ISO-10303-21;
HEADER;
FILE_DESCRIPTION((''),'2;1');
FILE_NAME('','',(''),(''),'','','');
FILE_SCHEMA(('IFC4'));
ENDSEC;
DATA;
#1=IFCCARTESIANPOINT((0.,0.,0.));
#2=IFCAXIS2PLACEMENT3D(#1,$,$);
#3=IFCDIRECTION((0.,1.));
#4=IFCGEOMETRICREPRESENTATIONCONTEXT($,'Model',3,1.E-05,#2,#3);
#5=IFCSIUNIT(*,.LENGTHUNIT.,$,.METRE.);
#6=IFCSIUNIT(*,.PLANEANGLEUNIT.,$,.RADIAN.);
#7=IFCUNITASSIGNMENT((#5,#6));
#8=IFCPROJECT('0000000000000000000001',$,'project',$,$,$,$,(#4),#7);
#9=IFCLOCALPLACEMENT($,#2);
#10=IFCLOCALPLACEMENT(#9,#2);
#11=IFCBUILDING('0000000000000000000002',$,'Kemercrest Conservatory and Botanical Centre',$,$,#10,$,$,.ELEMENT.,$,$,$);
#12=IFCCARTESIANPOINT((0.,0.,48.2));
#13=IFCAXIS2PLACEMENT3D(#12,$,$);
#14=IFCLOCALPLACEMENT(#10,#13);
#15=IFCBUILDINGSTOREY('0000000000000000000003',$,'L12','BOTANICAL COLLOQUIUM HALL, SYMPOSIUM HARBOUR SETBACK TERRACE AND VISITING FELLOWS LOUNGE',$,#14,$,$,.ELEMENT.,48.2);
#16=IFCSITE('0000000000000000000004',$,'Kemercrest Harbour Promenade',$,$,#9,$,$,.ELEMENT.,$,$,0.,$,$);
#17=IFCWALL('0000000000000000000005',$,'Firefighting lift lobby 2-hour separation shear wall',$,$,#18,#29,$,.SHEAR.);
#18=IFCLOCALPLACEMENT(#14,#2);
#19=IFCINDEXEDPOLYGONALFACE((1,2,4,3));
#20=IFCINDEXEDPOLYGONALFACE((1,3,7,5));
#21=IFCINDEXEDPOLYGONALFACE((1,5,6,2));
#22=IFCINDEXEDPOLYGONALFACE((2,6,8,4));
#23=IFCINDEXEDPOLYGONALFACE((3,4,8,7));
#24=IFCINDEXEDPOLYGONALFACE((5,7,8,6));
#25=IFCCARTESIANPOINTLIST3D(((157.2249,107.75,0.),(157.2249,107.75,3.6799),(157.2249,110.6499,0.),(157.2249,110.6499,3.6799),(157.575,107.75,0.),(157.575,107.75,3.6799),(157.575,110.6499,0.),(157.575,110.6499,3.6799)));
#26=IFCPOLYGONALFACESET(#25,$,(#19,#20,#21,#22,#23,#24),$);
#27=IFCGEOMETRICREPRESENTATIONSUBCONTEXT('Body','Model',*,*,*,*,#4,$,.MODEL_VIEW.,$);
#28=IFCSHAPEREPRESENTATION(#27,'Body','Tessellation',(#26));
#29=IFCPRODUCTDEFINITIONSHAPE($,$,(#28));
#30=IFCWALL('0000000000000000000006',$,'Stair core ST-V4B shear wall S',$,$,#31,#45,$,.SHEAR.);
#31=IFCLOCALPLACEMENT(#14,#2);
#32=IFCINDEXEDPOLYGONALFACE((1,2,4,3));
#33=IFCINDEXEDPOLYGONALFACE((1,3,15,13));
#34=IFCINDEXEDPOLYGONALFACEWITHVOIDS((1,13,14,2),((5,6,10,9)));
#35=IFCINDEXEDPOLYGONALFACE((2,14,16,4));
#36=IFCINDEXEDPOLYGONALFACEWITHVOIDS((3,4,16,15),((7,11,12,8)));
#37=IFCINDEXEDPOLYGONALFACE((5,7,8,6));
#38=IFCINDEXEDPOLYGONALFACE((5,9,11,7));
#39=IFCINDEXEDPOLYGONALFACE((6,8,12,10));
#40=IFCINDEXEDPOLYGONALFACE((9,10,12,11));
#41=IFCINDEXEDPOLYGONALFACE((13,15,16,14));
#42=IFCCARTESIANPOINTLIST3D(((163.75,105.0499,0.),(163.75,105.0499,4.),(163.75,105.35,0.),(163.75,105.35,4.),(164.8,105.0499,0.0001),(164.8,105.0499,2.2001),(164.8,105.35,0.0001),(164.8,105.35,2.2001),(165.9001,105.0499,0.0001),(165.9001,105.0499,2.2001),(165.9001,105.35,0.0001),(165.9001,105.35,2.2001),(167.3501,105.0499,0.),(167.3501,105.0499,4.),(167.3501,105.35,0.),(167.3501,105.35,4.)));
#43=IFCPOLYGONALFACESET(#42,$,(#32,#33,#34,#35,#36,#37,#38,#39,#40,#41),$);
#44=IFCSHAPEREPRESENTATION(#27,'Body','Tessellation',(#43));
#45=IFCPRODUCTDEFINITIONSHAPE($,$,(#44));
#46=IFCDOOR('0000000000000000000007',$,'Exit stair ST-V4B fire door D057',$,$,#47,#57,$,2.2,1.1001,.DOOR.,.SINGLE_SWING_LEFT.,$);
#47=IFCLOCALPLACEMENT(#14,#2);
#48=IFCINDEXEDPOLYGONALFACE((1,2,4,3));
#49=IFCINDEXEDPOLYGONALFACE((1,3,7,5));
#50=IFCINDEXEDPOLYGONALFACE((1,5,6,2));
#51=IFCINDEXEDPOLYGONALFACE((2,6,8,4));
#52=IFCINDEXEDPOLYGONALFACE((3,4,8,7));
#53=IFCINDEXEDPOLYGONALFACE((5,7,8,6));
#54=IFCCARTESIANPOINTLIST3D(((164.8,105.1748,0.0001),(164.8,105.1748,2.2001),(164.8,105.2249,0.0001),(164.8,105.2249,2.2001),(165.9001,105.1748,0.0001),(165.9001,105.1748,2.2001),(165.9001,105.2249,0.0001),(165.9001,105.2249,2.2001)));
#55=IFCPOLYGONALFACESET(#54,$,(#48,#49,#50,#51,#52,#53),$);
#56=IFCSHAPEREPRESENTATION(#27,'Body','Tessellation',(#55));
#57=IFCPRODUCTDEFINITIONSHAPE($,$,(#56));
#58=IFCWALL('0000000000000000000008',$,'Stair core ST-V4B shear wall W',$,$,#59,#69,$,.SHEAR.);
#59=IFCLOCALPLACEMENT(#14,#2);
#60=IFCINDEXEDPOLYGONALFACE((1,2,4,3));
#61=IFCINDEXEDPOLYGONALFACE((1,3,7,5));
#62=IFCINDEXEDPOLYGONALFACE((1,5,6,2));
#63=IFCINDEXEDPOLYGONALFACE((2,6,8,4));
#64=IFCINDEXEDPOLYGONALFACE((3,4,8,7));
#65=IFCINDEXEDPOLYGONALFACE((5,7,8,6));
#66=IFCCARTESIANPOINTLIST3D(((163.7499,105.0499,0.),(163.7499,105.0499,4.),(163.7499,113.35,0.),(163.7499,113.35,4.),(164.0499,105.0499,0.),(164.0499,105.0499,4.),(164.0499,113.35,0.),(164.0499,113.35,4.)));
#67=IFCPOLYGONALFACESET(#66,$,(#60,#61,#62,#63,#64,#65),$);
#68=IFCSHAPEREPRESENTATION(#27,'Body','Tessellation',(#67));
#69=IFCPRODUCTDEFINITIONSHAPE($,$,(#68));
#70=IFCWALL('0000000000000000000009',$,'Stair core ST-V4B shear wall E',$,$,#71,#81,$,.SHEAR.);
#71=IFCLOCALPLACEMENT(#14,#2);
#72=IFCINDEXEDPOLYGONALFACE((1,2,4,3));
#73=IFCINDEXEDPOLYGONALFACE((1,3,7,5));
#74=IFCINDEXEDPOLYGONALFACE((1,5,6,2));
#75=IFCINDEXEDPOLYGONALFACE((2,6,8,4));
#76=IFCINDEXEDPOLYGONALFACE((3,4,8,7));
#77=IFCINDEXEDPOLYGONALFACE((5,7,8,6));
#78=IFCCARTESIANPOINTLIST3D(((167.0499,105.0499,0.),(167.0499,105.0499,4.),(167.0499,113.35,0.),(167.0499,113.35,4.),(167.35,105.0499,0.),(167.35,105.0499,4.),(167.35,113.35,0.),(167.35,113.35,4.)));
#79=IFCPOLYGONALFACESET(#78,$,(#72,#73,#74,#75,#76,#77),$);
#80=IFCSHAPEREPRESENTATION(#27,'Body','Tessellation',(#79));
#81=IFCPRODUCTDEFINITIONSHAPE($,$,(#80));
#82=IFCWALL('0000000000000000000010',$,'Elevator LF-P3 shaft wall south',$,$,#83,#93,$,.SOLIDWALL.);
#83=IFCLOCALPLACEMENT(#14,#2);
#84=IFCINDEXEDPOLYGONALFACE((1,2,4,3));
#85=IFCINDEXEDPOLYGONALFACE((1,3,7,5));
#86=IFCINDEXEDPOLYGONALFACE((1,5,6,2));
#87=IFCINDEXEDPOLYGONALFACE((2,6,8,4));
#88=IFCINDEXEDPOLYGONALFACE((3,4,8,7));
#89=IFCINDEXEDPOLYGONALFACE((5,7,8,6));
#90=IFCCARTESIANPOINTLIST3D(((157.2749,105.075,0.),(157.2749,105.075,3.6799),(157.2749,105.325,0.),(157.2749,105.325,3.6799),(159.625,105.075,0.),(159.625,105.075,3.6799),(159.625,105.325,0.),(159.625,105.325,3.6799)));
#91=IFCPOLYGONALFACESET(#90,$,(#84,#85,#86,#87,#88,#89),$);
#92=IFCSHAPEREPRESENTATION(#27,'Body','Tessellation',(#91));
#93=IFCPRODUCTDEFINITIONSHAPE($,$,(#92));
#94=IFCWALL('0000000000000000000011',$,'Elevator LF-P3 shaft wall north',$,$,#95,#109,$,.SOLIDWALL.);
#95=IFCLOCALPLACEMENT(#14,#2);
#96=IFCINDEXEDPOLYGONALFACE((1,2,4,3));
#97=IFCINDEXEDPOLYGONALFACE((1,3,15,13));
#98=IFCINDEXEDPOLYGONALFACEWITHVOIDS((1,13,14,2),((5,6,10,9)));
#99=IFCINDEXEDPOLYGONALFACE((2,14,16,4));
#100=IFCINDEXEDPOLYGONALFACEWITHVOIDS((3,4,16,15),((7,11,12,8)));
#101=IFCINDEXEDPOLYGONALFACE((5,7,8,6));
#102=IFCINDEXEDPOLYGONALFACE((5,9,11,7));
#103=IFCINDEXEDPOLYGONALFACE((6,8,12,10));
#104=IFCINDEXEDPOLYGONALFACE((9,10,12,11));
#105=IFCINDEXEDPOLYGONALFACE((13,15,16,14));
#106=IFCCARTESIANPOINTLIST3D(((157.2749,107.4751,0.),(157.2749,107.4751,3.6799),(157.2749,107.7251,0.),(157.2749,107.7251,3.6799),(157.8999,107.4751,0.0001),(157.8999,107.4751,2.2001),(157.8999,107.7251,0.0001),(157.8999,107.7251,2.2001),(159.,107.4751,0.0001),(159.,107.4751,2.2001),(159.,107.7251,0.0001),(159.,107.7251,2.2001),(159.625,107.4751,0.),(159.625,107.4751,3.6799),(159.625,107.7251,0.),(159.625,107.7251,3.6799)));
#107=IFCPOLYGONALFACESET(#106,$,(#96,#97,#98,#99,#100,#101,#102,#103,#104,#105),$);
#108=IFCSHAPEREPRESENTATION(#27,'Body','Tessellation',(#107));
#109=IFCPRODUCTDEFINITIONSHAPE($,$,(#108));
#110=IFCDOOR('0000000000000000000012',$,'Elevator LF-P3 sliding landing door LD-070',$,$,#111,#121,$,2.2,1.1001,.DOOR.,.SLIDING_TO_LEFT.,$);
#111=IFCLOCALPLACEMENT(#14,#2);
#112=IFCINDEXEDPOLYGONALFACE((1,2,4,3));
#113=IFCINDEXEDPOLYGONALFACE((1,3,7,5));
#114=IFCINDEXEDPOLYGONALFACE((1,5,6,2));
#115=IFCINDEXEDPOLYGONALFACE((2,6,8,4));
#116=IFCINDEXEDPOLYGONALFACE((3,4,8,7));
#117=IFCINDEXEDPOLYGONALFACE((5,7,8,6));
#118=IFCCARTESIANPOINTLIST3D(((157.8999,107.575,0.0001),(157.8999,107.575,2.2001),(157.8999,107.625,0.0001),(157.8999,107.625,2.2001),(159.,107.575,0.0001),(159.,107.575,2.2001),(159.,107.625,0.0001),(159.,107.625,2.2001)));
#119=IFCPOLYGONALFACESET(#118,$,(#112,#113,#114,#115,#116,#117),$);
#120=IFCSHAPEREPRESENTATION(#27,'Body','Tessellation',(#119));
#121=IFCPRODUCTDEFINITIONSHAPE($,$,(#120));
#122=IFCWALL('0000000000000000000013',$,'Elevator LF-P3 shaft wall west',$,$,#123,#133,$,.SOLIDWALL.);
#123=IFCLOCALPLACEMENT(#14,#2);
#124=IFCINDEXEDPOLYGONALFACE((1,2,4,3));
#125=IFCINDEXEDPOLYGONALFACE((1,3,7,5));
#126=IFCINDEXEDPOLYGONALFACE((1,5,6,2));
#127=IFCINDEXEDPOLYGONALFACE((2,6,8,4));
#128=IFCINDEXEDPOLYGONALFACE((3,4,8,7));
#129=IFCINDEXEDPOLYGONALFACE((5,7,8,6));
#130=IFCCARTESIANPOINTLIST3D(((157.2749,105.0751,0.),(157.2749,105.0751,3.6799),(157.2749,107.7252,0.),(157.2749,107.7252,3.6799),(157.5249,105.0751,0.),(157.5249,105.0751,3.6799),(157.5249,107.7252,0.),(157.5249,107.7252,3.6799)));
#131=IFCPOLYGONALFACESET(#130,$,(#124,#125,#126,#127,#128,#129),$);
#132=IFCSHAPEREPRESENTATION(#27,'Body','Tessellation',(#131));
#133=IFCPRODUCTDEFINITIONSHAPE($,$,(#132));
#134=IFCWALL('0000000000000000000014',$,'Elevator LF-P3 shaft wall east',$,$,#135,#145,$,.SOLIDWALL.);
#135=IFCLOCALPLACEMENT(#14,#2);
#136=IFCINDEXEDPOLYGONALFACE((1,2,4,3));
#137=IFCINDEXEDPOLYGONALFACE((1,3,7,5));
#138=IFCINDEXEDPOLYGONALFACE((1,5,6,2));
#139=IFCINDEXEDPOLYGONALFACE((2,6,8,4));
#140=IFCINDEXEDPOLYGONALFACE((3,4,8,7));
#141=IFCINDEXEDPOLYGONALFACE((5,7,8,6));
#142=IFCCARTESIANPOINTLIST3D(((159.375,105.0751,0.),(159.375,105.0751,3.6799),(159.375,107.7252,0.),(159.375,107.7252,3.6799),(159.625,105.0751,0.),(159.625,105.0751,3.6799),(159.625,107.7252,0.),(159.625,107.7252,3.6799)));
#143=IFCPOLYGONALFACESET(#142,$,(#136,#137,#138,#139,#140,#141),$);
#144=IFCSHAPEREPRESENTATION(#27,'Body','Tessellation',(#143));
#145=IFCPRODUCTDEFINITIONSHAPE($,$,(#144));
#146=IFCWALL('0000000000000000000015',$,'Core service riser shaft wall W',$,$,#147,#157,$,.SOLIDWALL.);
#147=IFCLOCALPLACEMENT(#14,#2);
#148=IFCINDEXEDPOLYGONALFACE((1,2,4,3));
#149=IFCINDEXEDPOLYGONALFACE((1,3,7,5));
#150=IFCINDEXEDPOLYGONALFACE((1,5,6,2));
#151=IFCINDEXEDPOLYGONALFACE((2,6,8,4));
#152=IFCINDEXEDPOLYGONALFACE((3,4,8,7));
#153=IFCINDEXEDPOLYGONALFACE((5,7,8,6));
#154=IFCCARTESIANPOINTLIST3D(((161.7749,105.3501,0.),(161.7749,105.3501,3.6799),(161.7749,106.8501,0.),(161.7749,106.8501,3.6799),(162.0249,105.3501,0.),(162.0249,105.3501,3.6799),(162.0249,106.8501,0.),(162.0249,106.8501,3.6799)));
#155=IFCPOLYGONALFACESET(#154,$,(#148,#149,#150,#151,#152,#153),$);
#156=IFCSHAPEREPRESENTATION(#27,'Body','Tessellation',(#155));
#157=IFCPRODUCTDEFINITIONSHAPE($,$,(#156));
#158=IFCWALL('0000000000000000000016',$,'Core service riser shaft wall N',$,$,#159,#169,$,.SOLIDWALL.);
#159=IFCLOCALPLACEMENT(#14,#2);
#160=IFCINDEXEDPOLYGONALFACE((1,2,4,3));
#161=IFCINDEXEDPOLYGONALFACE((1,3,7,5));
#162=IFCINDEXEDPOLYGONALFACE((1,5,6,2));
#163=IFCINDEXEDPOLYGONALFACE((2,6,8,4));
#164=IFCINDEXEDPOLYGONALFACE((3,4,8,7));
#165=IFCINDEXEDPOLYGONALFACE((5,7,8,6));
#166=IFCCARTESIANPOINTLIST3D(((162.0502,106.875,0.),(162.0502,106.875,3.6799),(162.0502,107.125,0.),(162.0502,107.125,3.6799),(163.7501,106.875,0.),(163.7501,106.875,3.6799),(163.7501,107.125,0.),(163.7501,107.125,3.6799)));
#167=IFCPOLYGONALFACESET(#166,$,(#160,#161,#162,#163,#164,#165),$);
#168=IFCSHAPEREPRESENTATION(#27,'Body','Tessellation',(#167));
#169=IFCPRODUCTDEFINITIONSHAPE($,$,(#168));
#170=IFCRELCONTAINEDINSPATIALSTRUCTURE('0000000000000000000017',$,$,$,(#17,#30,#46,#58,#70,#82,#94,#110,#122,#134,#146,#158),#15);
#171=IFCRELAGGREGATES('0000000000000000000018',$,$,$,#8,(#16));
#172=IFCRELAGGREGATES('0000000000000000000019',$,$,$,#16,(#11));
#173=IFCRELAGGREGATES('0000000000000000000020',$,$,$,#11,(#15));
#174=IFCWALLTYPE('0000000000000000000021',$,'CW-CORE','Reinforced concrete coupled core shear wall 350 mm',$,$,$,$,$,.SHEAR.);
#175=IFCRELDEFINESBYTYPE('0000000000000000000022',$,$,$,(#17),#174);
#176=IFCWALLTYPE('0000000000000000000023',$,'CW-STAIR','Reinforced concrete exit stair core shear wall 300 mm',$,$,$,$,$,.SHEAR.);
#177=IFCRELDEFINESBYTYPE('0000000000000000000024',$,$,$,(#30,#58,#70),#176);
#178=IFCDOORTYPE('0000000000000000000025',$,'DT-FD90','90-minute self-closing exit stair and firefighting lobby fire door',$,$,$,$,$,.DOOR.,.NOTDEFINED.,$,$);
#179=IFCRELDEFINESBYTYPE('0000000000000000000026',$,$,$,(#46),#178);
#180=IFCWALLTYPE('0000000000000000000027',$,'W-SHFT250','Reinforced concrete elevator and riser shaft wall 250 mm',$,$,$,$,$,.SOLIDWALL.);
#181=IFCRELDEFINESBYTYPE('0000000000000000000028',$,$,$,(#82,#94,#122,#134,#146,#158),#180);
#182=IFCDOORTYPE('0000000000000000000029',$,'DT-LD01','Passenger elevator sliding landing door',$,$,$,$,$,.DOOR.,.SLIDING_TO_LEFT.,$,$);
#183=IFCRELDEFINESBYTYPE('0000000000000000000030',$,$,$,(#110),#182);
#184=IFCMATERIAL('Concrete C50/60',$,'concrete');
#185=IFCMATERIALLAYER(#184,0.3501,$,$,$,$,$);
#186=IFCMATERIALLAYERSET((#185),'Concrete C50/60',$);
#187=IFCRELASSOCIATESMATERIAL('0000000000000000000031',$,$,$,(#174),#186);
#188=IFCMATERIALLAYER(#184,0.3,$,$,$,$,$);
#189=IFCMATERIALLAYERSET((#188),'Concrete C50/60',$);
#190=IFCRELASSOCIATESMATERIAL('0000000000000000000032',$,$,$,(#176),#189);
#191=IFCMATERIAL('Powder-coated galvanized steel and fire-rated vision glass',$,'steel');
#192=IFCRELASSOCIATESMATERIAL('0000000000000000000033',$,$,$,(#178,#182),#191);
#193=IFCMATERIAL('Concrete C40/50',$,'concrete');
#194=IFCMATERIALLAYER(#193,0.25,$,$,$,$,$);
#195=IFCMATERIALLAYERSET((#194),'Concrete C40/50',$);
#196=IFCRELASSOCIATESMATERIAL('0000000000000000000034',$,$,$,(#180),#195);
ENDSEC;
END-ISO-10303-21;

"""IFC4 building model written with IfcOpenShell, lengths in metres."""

from ifc_helpers import new_model, si_unit, direction, frame, frame_2d, origin, place, context, subcontext, project, spatial, rectangle, extrude, material, layer, layer_set, type_object, element, fill, save


model = new_model("IFC4")

# Units and contexts
model_context = context("Model", 3, precision=1e-05, world=origin(), true_north=direction((0.0, 1.0)))
body_context = subcontext(model_context, "Body", "Model", "MODEL_VIEW")
ifc_project = project(units=[si_unit("LENGTHUNIT", "METRE"), si_unit("PLANEANGLEUNIT", "RADIAN")], contexts=[model_context])

# Site, building, storey
site_placement = place(None, origin())
site = spatial("IfcSite", under=ifc_project, at=site_placement, Name="Kemercrest Harbour Promenade", CompositionType="ELEMENT", RefElevation=0.0)
building_placement = place(site_placement, origin())
building = spatial("IfcBuilding", under=site, at=building_placement, Name="Kemercrest Conservatory and Botanical Centre", CompositionType="ELEMENT")
storey_placement = place(building_placement, frame((0.0, 0.0, 48.2)))
storey = spatial("IfcBuildingStorey", under=building, at=storey_placement, Name="L12", Description="BOTANICAL COLLOQUIUM HALL, SYMPOSIUM HARBOUR SETBACK TERRACE AND VISITING FELLOWS LOUNGE", CompositionType="ELEMENT", Elevation=48.2)

# Wall
ifc_material_1 = material(Name="Concrete C50/60", Category="concrete")
ifc_layer_1 = layer(ifc_material_1, 0.3501)
ifc_layer_set_1 = layer_set([ifc_layer_1], Name="Concrete C50/60")
wall_type_1 = type_object("IfcWallType", Name="CW-CORE", Description="Reinforced concrete coupled core shear wall 350 mm", PredefinedType="SHEAR", material=ifc_layer_set_1)
wall_1_placement = place(storey_placement, frame((157.3999, 107.75, 0.0), z_axis=(0.0, 0.0, 1.0), x_axis=(0.0, 1.0, 0.0)))
element("IfcWall", 1, at=wall_1_placement, inside=storey, type_object=wall_type_1, Name="Firefighting lift lobby 2-hour separation shear wall", PredefinedType="SHEAR", context=body_context, shape_type="SweptSolid", body=[
    extrude(rectangle(XDim=2.8999, YDim=0.3501, at=frame_2d((1.45, 0.0))), origin(), (0.0, 0.0, 1.0), 3.6799),
])

# Wall, opening, door
ifc_layer_2 = layer(ifc_material_1, 0.3)
ifc_layer_set_2 = layer_set([ifc_layer_2], Name="Concrete C50/60")
wall_type_2 = type_object("IfcWallType", Name="CW-STAIR", Description="Reinforced concrete exit stair core shear wall 300 mm", PredefinedType="SHEAR", material=ifc_layer_set_2)
wall_2_placement = place(storey_placement, frame((163.75, 105.2, 0.0), z_axis=(0.0, 0.0, 1.0), x_axis=(1.0, 0.0, 0.0)))
wall_2 = element("IfcWall", 2, at=wall_2_placement, inside=storey, type_object=wall_type_2, Name="Stair core ST-V4B shear wall S", PredefinedType="SHEAR", context=body_context, shape_type="SweptSolid", body=[
    extrude(rectangle(XDim=3.6001, YDim=0.3, at=frame_2d((1.8, 0.0))), origin(), (0.0, 0.0, 1.0), 4.0),
])
opening_1_placement = place(wall_2_placement, frame((1.05, 0.0, 0.0)))
opening_1 = element("IfcOpeningElement", 3, at=opening_1_placement, cuts=wall_2, PredefinedType="OPENING", context=body_context, shape_type="SweptSolid", body=[
    extrude(rectangle(XDim=1.1001, YDim=2.2, at=frame_2d((0.55, 1.1001))), frame((0.0, 0.1602, 0.0), z_axis=(0.0, -1.0, 0.0), x_axis=(1.0, 0.0, 0.0)), (0.0, 0.0, 1.0), 0.3201),
])
ifc_material_2 = material(Name="Powder-coated galvanized steel and fire-rated vision glass", Category="steel")
door_type_1 = type_object("IfcDoorType", Name="DT-FD90", Description="90-minute self-closing exit stair and firefighting lobby fire door", OperationType="NOTDEFINED", PredefinedType="DOOR", material=ifc_material_2)
door_1_placement = place(opening_1_placement, origin())
door_1 = element("IfcDoor", 4, at=door_1_placement, inside=storey, type_object=door_type_1, Name="Exit stair ST-V4B fire door D057", OperationType="SINGLE_SWING_LEFT", OverallHeight=2.2, OverallWidth=1.1001, PredefinedType="DOOR", context=body_context, shape_type="SweptSolid", body=[
    extrude(rectangle(XDim=1.1001, YDim=2.2, at=frame_2d((0.55, 1.1001))), frame((0.0, 0.0249, 0.0), z_axis=(0.0, -1.0, 0.0), x_axis=(1.0, 0.0, 0.0)), (0.0, 0.0, 1.0), 0.05),
])
fill(opening_1, door_1)

# Walls
for number, where, z_axis, x_axis, name in (
    (5, (163.8999, 105.05, 0.0), (0.0, 0.0, 1.0), (0.0, 1.0, 0.0), "Stair core ST-V4B shear wall W"),
    (6, (167.2, 105.05, 0.0), (0.0, 0.0, 1.0), (0.0, 1.0, 0.0), "Stair core ST-V4B shear wall E"),
):
    element("IfcWall", number, at=place(storey_placement, frame(where, z_axis=z_axis, x_axis=x_axis)), inside=storey, type_object=wall_type_2, Name=name, PredefinedType="SHEAR", context=body_context, shape_type="SweptSolid", body=[
        extrude(rectangle(XDim=8.3, YDim=0.3, at=frame_2d((4.1499, 0.0))), origin(), (0.0, 0.0, 1.0), 4.0),
    ])
ifc_material_3 = material(Name="Concrete C40/50", Category="concrete")
ifc_layer_3 = layer(ifc_material_3, 0.25)
ifc_layer_set_3 = layer_set([ifc_layer_3], Name="Concrete C40/50")
wall_type_3 = type_object("IfcWallType", Name="W-SHFT250", Description="Reinforced concrete elevator and riser shaft wall 250 mm", PredefinedType="SOLIDWALL", material=ifc_layer_set_3)
wall_3_placement = place(storey_placement, frame((157.2749, 105.2, 0.0), z_axis=(0.0, 0.0, 1.0), x_axis=(1.0, 0.0, 0.0)))
element("IfcWall", 7, at=wall_3_placement, inside=storey, type_object=wall_type_3, Name="Elevator LF-P3 shaft wall south", PredefinedType="SOLIDWALL", context=body_context, shape_type="SweptSolid", body=[
    extrude(rectangle(XDim=2.3501, YDim=0.25, at=frame_2d((1.175, 0.0))), origin(), (0.0, 0.0, 1.0), 3.6799),
])

# Wall, opening, door
wall_4_placement = place(storey_placement, frame((157.2749, 107.6001, 0.0), z_axis=(0.0, 0.0, 1.0), x_axis=(1.0, 0.0, 0.0)))
wall_4 = element("IfcWall", 8, at=wall_4_placement, inside=storey, type_object=wall_type_3, Name="Elevator LF-P3 shaft wall north", PredefinedType="SOLIDWALL", context=body_context, shape_type="SweptSolid", body=[
    extrude(rectangle(XDim=2.3501, YDim=0.25, at=frame_2d((1.175, 0.0))), origin(), (0.0, 0.0, 1.0), 3.6799),
])
opening_2_placement = place(wall_4_placement, frame((0.625, 0.0, 0.0)))
opening_2 = element("IfcOpeningElement", 9, at=opening_2_placement, cuts=wall_4, PredefinedType="OPENING", context=body_context, shape_type="SweptSolid", body=[
    extrude(rectangle(XDim=1.1001, YDim=2.2, at=frame_2d((0.55, 1.1001))), frame((0.0, 0.135, 0.0), z_axis=(0.0, -1.0, 0.0), x_axis=(1.0, 0.0, 0.0)), (0.0, 0.0, 1.0), 0.27),
])
door_type_2 = type_object("IfcDoorType", Name="DT-LD01", Description="Passenger elevator sliding landing door", OperationType="SLIDING_TO_LEFT", PredefinedType="DOOR", material=ifc_material_2)
door_2_placement = place(opening_2_placement, origin())
door_2 = element("IfcDoor", 10, at=door_2_placement, inside=storey, type_object=door_type_2, Name="Elevator LF-P3 sliding landing door LD-070", OperationType="SLIDING_TO_LEFT", OverallHeight=2.2, OverallWidth=1.1001, PredefinedType="DOOR", context=body_context, shape_type="SweptSolid", body=[
    extrude(rectangle(XDim=1.1001, YDim=2.2, at=frame_2d((0.55, 1.1001))), frame((0.0, 0.0249, 0.0), z_axis=(0.0, -1.0, 0.0), x_axis=(1.0, 0.0, 0.0)), (0.0, 0.0, 1.0), 0.05),
])
fill(opening_2, door_2)

# Walls
for number, where, z_axis, x_axis, name in (
    (11, (157.3999, 105.075, 0.0), (0.0, 0.0, 1.0), (0.0, 1.0, 0.0), "Elevator LF-P3 shaft wall west"),
    (12, (159.5, 105.075, 0.0), (0.0, 0.0, 1.0), (0.0, 1.0, 0.0), "Elevator LF-P3 shaft wall east"),
):
    element("IfcWall", number, at=place(storey_placement, frame(where, z_axis=z_axis, x_axis=x_axis)), inside=storey, type_object=wall_type_3, Name=name, PredefinedType="SOLIDWALL", context=body_context, shape_type="SweptSolid", body=[
        extrude(rectangle(XDim=2.6501, YDim=0.25, at=frame_2d((1.3252, 0.0))), origin(), (0.0, 0.0, 1.0), 3.6799),
    ])
wall_5_placement = place(storey_placement, frame((161.8999, 105.3501, 0.0), z_axis=(0.0, 0.0, 1.0), x_axis=(0.0, 1.0, 0.0)))
element("IfcWall", 13, at=wall_5_placement, inside=storey, type_object=wall_type_3, Name="Core service riser shaft wall W", PredefinedType="SOLIDWALL", context=body_context, shape_type="SweptSolid", body=[
    extrude(rectangle(XDim=1.5, YDim=0.25, at=frame_2d((0.75, 0.0))), origin(), (0.0, 0.0, 1.0), 3.6799),
])
wall_6_placement = place(storey_placement, frame((162.05, 107.0, 0.0), z_axis=(0.0, 0.0, 1.0), x_axis=(1.0, 0.0, 0.0)))
element("IfcWall", 14, at=wall_6_placement, inside=storey, type_object=wall_type_3, Name="Core service riser shaft wall N", PredefinedType="SOLIDWALL", context=body_context, shape_type="SweptSolid", body=[
    extrude(rectangle(XDim=1.7, YDim=0.25, at=frame_2d((0.8501, 0.0))), origin(), (0.0, 0.0, 1.0), 3.6799),
])

save(model, "model.ifc")
